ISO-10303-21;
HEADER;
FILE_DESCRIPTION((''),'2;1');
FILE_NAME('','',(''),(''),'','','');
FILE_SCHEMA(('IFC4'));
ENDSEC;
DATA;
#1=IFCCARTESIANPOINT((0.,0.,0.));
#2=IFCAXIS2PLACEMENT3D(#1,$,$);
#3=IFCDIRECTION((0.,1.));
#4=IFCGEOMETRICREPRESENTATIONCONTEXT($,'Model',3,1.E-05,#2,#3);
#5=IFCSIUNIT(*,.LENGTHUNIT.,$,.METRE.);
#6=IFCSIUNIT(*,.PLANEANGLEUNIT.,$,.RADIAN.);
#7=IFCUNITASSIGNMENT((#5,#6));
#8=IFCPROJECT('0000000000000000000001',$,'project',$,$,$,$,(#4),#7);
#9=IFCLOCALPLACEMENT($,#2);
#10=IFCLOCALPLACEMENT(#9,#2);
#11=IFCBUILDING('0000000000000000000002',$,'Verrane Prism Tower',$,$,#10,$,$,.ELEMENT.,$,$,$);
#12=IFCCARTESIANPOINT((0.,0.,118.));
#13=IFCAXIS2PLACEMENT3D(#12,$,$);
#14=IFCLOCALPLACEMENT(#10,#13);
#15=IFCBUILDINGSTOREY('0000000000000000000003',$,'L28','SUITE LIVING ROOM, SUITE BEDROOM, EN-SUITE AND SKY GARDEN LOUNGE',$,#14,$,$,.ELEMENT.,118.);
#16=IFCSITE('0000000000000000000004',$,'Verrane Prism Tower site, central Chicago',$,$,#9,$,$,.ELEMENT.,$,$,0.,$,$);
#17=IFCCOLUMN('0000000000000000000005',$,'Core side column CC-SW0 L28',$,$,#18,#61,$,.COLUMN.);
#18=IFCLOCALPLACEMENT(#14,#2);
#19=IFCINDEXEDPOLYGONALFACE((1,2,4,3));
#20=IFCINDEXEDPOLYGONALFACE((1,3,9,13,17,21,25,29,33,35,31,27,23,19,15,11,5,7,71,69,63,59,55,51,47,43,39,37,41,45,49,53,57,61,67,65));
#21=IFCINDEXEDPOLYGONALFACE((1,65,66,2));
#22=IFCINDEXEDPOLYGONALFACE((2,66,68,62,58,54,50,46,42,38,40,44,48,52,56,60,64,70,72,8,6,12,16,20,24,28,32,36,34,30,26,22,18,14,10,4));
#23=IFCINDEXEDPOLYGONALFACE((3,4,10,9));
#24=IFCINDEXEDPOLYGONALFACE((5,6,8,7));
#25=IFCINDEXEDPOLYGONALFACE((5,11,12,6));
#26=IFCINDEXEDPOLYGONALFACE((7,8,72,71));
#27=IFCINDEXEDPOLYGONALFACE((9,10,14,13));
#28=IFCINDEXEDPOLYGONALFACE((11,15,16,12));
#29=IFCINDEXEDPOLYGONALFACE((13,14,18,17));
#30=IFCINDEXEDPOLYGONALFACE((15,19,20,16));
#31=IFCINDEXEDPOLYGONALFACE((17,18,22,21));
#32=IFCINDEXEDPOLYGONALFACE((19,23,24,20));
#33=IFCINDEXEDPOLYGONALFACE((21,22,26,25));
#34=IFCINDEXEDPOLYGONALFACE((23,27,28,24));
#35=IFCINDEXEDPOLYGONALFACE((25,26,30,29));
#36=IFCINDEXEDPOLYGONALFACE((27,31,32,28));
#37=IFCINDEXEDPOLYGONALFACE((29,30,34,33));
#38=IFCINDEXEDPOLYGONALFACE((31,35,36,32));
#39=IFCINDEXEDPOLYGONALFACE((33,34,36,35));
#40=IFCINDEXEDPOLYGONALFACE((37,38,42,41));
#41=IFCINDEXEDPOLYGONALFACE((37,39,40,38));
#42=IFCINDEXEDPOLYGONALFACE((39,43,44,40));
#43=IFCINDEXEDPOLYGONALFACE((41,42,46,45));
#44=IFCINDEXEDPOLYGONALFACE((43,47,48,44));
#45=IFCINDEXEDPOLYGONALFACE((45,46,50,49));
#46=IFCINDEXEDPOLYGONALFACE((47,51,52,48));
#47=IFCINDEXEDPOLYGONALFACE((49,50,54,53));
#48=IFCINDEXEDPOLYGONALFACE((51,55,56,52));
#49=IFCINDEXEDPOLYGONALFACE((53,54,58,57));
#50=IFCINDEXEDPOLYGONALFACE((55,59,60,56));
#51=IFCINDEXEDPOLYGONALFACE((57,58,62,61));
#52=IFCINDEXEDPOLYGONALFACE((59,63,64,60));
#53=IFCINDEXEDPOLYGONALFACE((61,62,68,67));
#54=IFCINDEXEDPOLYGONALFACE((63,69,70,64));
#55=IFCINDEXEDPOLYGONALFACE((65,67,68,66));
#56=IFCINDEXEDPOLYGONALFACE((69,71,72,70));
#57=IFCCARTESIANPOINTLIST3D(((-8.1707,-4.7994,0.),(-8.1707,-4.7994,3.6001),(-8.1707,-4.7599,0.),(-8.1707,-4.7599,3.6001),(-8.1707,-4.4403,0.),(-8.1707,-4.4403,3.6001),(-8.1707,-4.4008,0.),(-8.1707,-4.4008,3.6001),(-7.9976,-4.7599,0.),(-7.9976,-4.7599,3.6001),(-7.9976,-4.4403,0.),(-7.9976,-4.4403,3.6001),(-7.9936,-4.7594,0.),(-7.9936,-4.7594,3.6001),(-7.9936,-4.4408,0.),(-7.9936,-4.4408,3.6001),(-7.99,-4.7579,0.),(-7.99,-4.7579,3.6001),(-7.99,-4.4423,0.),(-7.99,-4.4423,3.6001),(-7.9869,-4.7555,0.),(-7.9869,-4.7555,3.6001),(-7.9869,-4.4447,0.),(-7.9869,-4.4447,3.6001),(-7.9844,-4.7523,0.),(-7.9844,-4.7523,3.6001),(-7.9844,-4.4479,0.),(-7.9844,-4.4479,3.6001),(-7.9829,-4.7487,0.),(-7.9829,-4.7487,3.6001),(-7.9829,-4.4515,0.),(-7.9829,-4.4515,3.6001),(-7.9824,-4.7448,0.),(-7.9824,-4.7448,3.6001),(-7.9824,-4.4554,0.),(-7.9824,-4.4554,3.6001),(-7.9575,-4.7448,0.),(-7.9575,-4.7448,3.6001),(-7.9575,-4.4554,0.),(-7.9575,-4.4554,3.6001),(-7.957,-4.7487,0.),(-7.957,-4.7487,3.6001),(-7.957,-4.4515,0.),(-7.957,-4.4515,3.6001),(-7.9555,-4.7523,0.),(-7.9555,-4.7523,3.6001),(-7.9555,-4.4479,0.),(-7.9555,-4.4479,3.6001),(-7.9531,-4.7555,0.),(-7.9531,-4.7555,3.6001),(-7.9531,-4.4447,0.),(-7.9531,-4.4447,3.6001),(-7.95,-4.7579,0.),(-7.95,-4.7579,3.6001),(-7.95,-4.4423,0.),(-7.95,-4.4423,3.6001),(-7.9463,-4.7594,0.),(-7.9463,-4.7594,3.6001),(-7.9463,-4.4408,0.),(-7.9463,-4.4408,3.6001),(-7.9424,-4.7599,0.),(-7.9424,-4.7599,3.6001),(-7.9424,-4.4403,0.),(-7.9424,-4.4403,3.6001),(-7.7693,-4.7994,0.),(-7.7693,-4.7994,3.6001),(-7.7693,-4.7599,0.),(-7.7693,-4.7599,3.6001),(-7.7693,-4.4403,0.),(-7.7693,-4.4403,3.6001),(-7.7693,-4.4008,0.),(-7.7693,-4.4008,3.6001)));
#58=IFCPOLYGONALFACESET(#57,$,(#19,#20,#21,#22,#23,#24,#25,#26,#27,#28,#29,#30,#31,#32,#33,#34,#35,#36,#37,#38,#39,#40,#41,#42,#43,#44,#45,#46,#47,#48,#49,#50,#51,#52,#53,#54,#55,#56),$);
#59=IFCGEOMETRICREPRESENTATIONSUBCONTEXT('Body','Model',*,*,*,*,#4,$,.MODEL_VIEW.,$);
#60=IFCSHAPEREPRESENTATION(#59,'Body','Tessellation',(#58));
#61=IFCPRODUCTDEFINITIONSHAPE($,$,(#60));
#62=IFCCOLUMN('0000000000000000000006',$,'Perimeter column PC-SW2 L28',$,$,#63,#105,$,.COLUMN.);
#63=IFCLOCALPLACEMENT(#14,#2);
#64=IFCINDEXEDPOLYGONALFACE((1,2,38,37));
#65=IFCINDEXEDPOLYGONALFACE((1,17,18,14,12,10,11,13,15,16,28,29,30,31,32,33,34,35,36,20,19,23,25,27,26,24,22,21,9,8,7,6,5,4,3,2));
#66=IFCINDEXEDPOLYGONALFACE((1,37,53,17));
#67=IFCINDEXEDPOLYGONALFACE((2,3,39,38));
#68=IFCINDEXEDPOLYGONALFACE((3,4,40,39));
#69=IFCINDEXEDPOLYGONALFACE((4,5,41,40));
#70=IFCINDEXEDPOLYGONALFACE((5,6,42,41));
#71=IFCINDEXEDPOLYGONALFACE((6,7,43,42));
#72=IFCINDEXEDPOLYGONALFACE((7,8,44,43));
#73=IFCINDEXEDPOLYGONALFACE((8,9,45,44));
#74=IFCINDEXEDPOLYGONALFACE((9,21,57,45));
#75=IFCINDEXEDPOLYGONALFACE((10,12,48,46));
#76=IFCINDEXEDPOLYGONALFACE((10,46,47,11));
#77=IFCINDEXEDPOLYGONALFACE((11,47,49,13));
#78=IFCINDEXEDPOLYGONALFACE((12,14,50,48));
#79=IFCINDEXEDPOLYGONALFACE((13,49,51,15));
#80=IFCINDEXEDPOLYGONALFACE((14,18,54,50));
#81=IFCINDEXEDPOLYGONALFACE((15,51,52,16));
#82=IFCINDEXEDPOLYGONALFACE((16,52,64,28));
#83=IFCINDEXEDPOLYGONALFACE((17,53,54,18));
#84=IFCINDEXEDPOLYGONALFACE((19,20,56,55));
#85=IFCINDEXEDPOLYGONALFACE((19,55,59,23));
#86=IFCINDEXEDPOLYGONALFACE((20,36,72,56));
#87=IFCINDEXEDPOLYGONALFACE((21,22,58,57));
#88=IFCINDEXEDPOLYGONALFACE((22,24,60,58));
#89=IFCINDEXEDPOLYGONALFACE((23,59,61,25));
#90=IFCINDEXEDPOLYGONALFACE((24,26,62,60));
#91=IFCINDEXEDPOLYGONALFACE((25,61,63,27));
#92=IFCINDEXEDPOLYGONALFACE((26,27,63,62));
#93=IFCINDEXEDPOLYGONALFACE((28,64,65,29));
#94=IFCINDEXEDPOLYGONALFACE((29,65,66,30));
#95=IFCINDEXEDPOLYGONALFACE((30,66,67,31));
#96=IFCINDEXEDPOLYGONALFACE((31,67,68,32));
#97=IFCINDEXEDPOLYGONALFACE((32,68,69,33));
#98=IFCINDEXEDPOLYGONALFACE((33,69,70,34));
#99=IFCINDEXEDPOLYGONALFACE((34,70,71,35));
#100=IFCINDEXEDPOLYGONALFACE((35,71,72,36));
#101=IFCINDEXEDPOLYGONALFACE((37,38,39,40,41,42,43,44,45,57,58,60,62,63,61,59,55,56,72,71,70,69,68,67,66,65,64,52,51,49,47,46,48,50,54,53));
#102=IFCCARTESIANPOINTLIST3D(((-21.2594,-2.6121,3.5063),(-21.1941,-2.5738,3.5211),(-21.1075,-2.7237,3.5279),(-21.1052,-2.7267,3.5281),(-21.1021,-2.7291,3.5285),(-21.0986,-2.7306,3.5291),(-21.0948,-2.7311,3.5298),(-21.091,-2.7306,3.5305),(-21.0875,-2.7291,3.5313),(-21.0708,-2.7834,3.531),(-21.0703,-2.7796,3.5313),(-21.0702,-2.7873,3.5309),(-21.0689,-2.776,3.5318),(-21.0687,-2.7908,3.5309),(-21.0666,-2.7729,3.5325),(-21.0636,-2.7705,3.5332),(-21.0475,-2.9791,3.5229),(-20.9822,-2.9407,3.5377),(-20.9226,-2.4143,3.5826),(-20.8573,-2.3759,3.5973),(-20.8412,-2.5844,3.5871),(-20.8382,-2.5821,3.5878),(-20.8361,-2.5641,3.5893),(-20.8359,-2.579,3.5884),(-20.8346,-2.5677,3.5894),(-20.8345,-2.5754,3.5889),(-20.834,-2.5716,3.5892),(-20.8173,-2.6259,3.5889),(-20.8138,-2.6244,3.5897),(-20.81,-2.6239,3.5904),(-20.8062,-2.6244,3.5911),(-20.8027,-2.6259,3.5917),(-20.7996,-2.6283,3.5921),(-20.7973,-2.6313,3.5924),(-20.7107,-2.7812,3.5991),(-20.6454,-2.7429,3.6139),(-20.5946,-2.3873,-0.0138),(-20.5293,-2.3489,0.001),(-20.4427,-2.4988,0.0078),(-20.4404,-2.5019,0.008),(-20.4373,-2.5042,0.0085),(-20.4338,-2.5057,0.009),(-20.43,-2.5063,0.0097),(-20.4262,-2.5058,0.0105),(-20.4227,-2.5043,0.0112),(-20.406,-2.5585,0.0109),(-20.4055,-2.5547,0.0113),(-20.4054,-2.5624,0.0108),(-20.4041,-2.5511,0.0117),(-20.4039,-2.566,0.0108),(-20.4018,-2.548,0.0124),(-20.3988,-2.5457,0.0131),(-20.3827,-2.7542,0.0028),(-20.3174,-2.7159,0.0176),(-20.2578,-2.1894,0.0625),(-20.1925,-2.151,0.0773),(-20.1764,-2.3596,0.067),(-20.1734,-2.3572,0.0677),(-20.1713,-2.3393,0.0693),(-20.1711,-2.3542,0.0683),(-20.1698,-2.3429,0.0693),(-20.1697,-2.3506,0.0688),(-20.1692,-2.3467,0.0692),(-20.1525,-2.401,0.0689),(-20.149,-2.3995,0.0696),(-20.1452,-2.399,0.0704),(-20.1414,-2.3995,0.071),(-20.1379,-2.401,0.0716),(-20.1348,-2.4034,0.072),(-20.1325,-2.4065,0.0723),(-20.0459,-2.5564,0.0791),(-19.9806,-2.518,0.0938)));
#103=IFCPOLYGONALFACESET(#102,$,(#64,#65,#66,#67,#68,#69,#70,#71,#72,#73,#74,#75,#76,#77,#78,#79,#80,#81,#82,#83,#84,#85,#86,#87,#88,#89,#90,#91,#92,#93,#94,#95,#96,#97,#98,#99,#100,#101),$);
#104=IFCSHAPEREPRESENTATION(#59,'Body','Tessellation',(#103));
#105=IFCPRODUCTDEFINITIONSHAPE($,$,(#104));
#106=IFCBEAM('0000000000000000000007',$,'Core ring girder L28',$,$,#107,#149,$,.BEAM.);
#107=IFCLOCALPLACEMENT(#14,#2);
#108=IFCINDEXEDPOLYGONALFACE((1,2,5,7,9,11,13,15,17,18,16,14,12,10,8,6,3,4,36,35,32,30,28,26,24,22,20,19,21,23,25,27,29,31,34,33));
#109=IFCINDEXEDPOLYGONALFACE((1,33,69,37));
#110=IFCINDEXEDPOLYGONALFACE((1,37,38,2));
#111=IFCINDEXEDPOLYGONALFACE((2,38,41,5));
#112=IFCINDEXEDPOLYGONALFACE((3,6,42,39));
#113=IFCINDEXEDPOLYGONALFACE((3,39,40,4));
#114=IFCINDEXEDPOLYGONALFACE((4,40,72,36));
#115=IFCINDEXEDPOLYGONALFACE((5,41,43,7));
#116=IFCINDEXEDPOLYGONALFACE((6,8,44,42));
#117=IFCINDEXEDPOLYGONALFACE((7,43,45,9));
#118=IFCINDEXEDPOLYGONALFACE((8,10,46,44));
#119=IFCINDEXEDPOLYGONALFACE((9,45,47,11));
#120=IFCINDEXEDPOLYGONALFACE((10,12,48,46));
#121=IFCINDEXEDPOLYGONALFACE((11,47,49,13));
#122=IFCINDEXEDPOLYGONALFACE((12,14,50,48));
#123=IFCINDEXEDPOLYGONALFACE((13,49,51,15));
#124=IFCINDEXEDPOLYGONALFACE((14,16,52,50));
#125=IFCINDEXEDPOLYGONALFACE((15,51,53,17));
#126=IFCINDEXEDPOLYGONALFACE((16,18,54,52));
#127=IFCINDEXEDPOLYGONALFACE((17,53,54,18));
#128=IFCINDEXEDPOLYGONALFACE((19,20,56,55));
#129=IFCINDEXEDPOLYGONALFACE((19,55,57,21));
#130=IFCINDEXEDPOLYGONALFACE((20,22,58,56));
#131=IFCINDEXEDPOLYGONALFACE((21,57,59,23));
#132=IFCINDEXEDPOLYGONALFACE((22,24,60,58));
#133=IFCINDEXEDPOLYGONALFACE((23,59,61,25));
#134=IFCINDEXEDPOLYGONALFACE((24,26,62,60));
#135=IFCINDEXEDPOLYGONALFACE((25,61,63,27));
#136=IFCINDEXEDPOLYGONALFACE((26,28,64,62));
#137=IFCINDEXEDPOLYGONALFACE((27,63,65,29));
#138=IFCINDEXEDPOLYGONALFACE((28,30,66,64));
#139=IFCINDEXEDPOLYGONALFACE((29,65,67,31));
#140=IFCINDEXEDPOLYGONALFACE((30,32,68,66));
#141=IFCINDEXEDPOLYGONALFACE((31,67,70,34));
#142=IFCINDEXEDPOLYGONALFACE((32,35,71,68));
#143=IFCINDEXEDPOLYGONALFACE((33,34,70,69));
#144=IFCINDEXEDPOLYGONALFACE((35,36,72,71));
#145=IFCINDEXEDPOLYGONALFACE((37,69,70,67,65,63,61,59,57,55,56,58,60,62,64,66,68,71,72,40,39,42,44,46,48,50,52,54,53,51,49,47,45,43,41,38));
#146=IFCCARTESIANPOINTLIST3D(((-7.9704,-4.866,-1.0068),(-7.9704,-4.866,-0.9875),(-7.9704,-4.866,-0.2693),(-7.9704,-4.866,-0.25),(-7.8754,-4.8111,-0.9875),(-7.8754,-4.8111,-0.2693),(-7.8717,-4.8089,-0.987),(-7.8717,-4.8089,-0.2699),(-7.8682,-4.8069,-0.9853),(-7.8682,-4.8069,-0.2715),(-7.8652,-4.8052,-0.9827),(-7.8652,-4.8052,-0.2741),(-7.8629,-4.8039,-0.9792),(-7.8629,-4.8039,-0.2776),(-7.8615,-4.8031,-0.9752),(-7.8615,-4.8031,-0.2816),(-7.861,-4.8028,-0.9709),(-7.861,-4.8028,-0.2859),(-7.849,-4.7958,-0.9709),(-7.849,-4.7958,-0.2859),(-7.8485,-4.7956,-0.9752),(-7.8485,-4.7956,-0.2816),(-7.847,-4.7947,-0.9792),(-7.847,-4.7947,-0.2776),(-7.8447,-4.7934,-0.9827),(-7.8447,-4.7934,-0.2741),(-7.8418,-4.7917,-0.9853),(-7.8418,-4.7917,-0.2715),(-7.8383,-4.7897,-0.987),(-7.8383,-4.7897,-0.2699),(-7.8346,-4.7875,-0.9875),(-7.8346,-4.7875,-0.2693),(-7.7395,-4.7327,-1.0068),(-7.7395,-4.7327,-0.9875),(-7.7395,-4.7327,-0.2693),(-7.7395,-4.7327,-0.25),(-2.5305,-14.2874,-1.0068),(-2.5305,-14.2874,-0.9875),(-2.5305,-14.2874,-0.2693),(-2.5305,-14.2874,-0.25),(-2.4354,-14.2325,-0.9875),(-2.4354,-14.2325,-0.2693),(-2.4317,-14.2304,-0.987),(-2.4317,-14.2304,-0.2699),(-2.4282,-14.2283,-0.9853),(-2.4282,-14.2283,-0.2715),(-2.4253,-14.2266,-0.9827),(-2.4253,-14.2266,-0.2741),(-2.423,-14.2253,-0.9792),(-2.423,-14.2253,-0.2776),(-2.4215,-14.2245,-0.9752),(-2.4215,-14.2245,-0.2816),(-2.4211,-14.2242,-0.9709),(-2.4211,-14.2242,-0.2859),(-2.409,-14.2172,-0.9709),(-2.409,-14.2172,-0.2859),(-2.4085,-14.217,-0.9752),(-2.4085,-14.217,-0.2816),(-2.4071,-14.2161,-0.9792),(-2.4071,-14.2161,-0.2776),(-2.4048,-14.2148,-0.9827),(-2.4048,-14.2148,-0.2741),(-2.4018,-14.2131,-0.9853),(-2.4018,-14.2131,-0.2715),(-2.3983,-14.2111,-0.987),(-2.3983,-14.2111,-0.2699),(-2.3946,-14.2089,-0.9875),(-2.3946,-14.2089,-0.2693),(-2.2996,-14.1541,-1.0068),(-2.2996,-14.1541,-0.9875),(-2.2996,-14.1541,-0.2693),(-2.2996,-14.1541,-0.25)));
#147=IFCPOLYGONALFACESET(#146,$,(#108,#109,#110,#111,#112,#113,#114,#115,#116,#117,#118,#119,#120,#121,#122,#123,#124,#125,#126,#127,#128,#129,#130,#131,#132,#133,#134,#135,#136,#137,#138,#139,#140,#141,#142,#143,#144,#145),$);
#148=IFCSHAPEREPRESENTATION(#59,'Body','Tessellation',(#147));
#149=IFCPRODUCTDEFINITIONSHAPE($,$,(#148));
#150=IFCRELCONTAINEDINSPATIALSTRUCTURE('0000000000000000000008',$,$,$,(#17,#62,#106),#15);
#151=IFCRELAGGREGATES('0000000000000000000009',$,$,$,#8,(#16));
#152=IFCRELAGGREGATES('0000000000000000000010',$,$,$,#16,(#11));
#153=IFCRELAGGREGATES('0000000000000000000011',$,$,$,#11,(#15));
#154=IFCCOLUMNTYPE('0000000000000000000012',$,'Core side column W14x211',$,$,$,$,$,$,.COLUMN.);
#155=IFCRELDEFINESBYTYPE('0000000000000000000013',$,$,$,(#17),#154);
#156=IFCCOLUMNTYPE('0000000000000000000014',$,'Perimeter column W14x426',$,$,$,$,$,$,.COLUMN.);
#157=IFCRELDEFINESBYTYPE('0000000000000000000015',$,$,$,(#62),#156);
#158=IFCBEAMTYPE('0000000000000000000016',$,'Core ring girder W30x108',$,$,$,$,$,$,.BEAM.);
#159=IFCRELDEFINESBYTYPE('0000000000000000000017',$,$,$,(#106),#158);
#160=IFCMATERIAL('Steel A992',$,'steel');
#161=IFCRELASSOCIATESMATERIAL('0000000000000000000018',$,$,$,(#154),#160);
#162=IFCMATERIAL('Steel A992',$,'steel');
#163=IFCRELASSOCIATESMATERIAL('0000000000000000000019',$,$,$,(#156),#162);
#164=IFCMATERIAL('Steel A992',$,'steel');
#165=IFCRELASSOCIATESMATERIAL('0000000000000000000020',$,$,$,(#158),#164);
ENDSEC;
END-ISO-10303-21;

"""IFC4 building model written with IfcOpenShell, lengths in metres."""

from ifc_helpers import new_model, si_unit, direction, frame, origin, origin_2d, place, context, subcontext, project, spatial, i_section, extrude, material, material_profile, profile_set, type_object, element, save


model = new_model("IFC4")

# Units and contexts
model_context = context("Model", 3, precision=1e-05, world=origin(), true_north=direction((0.0, 1.0)))
body_context = subcontext(model_context, "Body", "Model", "MODEL_VIEW")
ifc_project = project(units=[si_unit("LENGTHUNIT", "METRE"), si_unit("PLANEANGLEUNIT", "RADIAN")], contexts=[model_context])

# Site, building, storey
site_placement = place(None, origin())
site = spatial("IfcSite", under=ifc_project, at=site_placement, Name="Verrane Prism Tower site, central Chicago", CompositionType="ELEMENT", RefElevation=0.0)
building_placement = place(site_placement, origin())
building = spatial("IfcBuilding", under=site, at=building_placement, Name="Verrane Prism Tower", CompositionType="ELEMENT")
storey_placement = place(building_placement, frame((0.0, 0.0, 118.0)))
storey = spatial("IfcBuildingStorey", under=building, at=storey_placement, Name="L28", Description="SUITE LIVING ROOM, SUITE BEDROOM, EN-SUITE AND SKY GARDEN LOUNGE", CompositionType="ELEMENT", Elevation=118.0)

# Columns
ifc_material_1 = material(Name="Steel A992", Category="steel")
ifc_material_profile_1 = material_profile(ifc_material_1, i_section(OverallWidth=0.4014, OverallDepth=0.3987, WebThickness=0.0249, FlangeThickness=0.0396, FilletRadius=0.0151, at=origin_2d()), Name="W14x211")
ifc_profile_set_1 = profile_set([ifc_material_profile_1], Name="Steel A992")
column_type_1 = type_object("IfcColumnType", Name="Core side column W14x211", PredefinedType="COLUMN", material=ifc_profile_set_1)
column_1_placement = place(storey_placement, frame((-7.97, -4.6001, 0.0), z_axis=(0.0, 0.0, 1.0), x_axis=(1.0, 0.0, 0.0)))
element("IfcColumn", 1, at=column_1_placement, inside=storey, type_object=column_type_1, Name="Core side column CC-SW0 L28", PredefinedType="COLUMN", context=body_context, shape_type="SweptSolid", body=[
    extrude(i_section(OverallWidth=0.4014, OverallDepth=0.3987, WebThickness=0.0249, FlangeThickness=0.0396, FilletRadius=0.0151, at=origin_2d()), origin(), (0.0, 0.0, 1.0), 3.6001),
])
ifc_material_2 = material(Name="Steel A992", Category="steel")
ifc_material_profile_2 = material_profile(ifc_material_2, i_section(OverallWidth=0.4241, OverallDepth=0.4751, WebThickness=0.0479, FlangeThickness=0.0771, FilletRadius=0.0149, at=origin_2d()), Name="W14x426")
ifc_profile_set_2 = profile_set([ifc_material_profile_2], Name="Steel A992")
column_type_2 = type_object("IfcColumnType", Name="Perimeter column W14x426", PredefinedType="COLUMN", material=ifc_profile_set_2)
column_2_placement = place(storey_placement, frame((-20.2876, -2.4526, 0.04), z_axis=(-0.185216, -0.062646, 0.980699), x_axis=(-0.499614, 0.865366, -0.039079)))
element("IfcColumn", 2, at=column_2_placement, inside=storey, type_object=column_type_2, Name="Perimeter column PC-SW2 L28", PredefinedType="COLUMN", context=body_context, shape_type="SweptSolid", body=[
    extrude(i_section(OverallWidth=0.4241, OverallDepth=0.4751, WebThickness=0.0479, FlangeThickness=0.0771, FilletRadius=0.0149, at=origin_2d()), origin(), (0.0, 0.0, 1.0), 3.5894),
])

# Beam
ifc_material_3 = material(Name="Steel A992", Category="steel")
ifc_material_profile_3 = material_profile(ifc_material_3, i_section(OverallWidth=0.2666, OverallDepth=0.7568, WebThickness=0.0139, FlangeThickness=0.0193, FilletRadius=0.0166, at=origin_2d()), Name="W30x108")
ifc_profile_set_3 = profile_set([ifc_material_profile_3], Name="Steel A992")
beam_type_1 = type_object("IfcBeamType", Name="Core ring girder W30x108", PredefinedType="BEAM", material=ifc_profile_set_3)
beam_1_placement = place(storey_placement, frame((-7.855, -4.7993, -0.6284), z_axis=(0.500035, -0.866005, 0.0), x_axis=(0.866005, 0.500035, 0.0)))
element("IfcBeam", 3, at=beam_1_placement, inside=storey, type_object=beam_type_1, Name="Core ring girder L28", PredefinedType="BEAM", context=body_context, shape_type="SweptSolid", body=[
    extrude(i_section(OverallWidth=0.2666, OverallDepth=0.7568, WebThickness=0.0139, FlangeThickness=0.0193, FilletRadius=0.0166, at=origin_2d()), origin(), (0.0, 0.0, 1.0), 10.8792),
])

save(model, "model.ifc")
